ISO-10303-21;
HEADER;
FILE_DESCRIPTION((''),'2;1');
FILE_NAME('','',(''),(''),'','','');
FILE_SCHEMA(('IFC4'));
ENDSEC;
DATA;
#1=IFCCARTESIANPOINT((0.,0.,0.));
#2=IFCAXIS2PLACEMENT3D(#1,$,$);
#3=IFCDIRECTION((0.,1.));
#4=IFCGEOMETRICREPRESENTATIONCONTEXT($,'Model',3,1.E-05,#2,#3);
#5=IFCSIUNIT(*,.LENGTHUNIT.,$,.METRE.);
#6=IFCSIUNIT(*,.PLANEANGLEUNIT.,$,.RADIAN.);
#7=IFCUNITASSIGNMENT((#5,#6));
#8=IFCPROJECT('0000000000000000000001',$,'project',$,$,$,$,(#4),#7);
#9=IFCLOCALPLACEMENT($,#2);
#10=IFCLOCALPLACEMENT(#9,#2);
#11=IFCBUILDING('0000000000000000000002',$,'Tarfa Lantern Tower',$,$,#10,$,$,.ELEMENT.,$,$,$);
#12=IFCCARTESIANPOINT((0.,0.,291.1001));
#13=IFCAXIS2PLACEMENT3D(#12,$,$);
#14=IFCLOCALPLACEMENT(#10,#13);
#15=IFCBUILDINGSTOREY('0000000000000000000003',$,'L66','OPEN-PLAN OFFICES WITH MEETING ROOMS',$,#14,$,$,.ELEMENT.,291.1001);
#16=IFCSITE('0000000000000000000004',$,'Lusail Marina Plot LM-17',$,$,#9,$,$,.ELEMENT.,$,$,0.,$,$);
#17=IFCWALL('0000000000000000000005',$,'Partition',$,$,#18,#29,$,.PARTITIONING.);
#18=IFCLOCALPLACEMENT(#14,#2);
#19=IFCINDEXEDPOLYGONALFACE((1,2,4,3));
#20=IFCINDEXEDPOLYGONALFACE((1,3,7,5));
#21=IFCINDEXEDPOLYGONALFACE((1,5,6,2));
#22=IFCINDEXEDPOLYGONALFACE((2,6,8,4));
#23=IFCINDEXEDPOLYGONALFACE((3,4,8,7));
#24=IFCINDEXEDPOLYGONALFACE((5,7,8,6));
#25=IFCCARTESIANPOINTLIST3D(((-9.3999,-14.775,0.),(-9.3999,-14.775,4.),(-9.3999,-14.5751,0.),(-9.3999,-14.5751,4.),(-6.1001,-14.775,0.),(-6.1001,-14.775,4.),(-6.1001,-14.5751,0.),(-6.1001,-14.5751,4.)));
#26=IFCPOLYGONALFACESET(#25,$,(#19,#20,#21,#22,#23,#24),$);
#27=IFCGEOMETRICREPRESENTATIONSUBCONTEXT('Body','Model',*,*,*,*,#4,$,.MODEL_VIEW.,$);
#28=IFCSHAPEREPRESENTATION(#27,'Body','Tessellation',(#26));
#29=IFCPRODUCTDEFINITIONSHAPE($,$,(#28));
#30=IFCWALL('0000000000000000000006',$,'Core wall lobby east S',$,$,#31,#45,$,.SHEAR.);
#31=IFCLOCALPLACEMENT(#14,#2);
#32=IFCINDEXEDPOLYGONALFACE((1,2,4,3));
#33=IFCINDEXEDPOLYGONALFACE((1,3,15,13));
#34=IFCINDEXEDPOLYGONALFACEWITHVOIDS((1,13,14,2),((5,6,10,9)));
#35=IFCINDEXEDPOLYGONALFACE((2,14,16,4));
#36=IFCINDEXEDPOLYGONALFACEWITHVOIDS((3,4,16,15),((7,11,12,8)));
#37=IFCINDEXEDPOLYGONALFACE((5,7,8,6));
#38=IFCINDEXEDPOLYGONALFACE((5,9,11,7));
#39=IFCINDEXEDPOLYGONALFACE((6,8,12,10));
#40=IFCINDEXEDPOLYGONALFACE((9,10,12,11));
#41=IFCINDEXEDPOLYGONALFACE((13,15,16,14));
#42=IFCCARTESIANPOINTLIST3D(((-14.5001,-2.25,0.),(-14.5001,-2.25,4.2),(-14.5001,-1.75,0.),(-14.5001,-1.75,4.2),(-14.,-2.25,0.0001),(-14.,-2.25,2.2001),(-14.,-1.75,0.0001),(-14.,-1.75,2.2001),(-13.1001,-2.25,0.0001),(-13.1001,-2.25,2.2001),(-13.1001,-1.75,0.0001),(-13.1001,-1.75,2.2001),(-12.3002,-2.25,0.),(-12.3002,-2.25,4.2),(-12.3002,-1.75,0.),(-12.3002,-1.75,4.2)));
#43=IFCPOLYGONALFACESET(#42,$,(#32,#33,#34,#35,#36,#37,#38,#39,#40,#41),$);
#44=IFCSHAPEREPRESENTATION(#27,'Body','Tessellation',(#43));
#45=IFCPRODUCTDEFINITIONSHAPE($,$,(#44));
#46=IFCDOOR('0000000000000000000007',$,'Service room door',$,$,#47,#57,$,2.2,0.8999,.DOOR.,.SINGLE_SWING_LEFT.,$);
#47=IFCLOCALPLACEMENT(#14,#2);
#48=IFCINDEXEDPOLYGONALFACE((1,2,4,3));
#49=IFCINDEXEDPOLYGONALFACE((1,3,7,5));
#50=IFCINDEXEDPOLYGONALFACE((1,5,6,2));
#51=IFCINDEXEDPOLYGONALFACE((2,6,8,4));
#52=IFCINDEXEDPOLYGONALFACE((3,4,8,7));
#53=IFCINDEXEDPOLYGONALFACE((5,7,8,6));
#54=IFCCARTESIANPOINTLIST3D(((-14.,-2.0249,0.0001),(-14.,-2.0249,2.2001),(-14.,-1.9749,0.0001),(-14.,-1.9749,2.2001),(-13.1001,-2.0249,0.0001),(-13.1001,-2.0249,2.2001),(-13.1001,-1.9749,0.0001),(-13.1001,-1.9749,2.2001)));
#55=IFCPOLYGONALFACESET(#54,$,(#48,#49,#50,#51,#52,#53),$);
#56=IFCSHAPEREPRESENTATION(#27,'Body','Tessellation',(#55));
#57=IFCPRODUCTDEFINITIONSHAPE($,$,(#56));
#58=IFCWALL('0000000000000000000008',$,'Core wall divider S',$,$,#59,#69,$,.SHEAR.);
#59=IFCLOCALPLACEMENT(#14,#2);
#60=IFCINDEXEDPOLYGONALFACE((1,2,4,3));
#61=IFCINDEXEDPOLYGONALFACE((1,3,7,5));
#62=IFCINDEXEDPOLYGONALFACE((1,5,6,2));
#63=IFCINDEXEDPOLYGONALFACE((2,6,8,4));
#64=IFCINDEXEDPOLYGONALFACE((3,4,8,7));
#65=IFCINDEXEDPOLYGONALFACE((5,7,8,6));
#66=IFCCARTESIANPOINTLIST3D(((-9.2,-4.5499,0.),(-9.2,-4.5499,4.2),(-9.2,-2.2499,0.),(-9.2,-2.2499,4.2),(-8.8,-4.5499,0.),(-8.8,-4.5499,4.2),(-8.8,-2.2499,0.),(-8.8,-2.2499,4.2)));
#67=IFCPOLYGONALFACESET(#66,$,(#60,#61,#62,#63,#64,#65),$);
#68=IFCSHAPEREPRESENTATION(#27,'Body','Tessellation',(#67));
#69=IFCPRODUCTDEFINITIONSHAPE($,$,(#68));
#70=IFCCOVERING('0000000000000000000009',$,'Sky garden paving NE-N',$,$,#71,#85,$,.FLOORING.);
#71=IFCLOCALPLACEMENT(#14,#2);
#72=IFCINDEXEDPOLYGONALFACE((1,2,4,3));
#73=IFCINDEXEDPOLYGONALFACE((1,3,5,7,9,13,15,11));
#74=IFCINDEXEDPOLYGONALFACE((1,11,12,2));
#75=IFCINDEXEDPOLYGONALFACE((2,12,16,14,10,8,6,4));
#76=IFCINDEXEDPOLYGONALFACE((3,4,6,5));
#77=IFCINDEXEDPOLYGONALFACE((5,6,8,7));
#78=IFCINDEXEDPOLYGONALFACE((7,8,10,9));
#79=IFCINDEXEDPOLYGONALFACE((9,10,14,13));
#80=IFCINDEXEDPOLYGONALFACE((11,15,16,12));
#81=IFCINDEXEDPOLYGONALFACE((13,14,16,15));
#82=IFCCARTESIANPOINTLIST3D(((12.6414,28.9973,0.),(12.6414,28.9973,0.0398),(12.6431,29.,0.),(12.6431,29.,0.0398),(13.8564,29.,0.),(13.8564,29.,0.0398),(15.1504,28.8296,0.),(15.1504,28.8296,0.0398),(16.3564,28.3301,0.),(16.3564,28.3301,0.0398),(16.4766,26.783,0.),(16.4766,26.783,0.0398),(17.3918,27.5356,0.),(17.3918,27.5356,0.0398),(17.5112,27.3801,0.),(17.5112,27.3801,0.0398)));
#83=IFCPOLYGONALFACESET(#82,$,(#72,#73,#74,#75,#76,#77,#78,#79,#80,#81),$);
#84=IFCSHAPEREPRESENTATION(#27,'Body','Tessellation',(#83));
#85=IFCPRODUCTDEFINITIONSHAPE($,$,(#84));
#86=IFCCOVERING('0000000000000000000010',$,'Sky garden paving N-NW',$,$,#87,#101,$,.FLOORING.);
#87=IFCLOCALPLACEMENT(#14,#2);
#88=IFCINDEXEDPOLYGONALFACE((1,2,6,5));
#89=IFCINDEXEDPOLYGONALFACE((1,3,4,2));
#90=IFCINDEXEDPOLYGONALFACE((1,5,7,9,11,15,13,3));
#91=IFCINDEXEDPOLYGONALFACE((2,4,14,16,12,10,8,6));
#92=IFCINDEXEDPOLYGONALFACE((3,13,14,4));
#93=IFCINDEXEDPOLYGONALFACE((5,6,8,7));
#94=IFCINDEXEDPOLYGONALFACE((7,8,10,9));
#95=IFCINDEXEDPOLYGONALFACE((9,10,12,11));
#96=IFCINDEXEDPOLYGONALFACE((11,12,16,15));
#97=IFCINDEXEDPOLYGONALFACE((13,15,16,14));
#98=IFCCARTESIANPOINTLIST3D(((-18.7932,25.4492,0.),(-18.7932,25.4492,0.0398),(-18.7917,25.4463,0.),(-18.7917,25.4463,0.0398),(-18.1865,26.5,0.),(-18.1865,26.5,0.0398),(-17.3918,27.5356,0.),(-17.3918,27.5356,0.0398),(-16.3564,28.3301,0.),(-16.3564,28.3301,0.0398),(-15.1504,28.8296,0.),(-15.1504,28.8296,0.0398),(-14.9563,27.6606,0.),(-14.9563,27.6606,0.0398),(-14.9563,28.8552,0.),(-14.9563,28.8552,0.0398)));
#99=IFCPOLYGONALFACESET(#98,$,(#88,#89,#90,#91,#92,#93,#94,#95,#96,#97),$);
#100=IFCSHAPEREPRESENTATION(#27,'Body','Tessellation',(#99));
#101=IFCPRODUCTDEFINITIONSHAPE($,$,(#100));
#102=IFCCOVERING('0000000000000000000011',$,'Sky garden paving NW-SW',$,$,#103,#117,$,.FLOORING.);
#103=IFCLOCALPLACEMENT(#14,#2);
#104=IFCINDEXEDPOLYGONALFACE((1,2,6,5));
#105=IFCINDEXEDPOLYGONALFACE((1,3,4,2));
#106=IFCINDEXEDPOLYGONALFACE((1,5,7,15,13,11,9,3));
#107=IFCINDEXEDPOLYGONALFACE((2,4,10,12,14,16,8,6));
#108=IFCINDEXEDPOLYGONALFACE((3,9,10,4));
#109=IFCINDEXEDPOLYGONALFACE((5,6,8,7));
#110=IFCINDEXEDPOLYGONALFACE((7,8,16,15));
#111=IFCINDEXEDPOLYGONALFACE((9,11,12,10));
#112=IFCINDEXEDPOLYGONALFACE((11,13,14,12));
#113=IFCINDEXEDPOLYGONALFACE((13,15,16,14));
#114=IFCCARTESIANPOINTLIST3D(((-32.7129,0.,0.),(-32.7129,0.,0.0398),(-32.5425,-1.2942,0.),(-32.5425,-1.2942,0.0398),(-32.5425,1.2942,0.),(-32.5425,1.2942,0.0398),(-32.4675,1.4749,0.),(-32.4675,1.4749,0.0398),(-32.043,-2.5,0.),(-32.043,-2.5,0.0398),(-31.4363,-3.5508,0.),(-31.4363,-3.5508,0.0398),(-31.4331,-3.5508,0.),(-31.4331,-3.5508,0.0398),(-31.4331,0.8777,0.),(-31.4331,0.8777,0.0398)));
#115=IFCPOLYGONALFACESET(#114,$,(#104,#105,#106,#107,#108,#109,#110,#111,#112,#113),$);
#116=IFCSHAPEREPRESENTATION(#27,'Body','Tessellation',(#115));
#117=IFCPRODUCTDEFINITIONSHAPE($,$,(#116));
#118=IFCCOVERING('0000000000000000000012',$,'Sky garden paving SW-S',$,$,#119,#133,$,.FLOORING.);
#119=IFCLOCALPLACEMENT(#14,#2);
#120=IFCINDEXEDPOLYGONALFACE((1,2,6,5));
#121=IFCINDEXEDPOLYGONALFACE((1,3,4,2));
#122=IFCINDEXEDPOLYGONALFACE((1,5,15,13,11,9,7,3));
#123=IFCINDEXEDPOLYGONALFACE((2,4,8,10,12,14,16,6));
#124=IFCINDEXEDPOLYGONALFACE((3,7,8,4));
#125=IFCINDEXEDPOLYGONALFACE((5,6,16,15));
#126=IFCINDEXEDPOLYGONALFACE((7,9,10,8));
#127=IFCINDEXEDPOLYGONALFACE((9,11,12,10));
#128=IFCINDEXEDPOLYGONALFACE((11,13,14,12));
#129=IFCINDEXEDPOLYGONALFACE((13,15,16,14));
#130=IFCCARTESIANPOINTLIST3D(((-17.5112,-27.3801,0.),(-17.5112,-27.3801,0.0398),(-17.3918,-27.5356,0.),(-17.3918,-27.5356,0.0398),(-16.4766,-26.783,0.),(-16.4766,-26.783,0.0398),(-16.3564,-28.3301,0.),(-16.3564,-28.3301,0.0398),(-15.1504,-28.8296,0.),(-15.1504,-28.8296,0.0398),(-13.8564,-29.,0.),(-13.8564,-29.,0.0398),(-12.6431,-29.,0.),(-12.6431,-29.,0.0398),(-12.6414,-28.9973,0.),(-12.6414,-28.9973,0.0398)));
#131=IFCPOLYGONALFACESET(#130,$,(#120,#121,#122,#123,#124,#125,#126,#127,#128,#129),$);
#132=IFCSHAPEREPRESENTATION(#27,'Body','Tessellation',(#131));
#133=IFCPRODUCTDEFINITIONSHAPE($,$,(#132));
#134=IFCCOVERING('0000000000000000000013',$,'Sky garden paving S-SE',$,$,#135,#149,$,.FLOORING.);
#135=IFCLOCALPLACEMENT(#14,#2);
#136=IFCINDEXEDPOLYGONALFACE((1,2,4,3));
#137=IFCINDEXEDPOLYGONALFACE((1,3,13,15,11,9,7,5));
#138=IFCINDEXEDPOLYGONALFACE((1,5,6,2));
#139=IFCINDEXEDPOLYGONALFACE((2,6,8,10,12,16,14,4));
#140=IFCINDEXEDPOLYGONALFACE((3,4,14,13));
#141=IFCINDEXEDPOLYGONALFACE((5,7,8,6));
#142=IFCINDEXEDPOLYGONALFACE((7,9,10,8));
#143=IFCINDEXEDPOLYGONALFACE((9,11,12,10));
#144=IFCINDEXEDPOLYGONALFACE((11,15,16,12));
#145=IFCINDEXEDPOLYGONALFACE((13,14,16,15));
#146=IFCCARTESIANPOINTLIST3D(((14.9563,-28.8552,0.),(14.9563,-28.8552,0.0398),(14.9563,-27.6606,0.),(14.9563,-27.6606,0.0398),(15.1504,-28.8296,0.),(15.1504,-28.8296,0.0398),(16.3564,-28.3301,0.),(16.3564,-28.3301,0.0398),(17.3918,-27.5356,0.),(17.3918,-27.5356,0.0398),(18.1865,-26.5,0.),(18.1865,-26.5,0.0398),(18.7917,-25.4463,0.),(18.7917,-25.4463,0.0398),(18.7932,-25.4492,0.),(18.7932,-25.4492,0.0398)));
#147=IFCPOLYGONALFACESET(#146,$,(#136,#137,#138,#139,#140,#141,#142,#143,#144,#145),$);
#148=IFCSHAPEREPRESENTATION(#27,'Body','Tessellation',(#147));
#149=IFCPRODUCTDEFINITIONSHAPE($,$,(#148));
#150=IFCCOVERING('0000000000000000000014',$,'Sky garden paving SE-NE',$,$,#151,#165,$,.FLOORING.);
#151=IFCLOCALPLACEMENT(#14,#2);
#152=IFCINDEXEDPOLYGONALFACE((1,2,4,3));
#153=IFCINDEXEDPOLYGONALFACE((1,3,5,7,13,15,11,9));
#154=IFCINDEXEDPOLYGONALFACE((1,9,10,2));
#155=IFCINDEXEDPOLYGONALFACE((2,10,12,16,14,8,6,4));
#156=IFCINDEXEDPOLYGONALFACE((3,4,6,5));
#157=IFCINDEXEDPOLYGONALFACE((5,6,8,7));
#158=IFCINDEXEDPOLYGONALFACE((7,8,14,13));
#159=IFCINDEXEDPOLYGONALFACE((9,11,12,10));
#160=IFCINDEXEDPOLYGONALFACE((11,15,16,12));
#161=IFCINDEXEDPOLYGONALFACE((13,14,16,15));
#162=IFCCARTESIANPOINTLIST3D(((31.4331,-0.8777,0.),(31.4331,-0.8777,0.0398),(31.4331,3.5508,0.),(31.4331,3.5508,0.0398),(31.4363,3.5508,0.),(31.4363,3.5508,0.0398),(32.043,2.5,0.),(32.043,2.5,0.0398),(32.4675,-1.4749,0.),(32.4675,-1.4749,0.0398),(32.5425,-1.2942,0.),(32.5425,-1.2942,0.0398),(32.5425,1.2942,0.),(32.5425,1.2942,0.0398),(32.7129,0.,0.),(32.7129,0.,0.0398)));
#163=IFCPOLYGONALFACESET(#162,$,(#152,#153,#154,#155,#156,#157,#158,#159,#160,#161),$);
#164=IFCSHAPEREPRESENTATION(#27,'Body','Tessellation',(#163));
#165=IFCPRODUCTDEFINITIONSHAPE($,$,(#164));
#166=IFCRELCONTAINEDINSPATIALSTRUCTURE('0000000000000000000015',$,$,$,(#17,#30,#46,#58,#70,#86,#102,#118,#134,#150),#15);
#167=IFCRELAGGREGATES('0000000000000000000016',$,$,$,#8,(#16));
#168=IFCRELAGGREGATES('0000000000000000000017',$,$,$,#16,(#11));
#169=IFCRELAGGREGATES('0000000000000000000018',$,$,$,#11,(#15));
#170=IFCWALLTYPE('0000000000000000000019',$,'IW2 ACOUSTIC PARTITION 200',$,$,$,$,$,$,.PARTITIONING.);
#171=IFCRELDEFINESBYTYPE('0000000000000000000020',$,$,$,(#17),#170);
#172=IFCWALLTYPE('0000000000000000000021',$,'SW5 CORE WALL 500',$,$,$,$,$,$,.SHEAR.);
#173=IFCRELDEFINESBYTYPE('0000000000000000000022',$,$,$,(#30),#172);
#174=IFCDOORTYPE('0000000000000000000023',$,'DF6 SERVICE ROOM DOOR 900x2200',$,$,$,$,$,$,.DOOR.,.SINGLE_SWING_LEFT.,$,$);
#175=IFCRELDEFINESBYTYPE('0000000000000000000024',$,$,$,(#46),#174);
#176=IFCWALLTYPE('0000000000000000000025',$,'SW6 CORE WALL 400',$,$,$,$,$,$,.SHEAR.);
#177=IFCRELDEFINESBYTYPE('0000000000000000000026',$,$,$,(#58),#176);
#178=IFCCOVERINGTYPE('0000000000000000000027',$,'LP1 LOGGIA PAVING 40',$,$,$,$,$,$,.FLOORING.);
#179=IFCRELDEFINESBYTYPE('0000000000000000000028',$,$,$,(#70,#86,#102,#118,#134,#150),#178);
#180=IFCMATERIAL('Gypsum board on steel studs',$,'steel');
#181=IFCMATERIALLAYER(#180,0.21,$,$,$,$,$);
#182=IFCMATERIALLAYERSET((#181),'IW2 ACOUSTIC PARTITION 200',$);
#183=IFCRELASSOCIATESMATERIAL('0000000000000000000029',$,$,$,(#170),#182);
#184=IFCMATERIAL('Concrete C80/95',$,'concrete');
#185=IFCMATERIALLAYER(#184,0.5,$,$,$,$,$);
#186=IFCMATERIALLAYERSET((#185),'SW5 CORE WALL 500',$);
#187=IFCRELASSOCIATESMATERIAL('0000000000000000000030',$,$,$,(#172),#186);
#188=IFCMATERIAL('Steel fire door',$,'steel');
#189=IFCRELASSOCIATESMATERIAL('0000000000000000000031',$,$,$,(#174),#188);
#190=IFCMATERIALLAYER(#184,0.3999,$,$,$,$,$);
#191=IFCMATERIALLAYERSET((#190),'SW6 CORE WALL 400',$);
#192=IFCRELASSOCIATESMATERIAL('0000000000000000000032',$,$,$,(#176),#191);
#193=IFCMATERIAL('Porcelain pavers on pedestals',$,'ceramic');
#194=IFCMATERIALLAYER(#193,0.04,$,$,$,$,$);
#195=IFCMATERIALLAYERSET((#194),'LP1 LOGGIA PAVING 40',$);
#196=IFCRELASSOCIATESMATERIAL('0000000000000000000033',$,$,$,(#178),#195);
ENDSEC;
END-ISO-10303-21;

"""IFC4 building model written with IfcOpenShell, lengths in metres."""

from ifc_helpers import new_model, si_unit, direction, frame, frame_2d, origin, place, context, subcontext, project, spatial, polyline, rectangle, outline, extrude, material, layer, layer_set, type_object, element, fill, save


model = new_model("IFC4")

# Units and contexts
model_context = context("Model", 3, precision=1e-05, world=origin(), true_north=direction((0.0, 1.0)))
body_context = subcontext(model_context, "Body", "Model", "MODEL_VIEW")
ifc_project = project(units=[si_unit("LENGTHUNIT", "METRE"), si_unit("PLANEANGLEUNIT", "RADIAN")], contexts=[model_context])

# Site, building, storey
site_placement = place(None, origin())
site = spatial("IfcSite", under=ifc_project, at=site_placement, Name="Lusail Marina Plot LM-17", CompositionType="ELEMENT", RefElevation=0.0)
building_placement = place(site_placement, origin())
building = spatial("IfcBuilding", under=site, at=building_placement, Name="Tarfa Lantern Tower", CompositionType="ELEMENT")
storey_placement = place(building_placement, frame((0.0, 0.0, 291.1001)))
storey = spatial("IfcBuildingStorey", under=building, at=storey_placement, Name="L66", Description="OPEN-PLAN OFFICES WITH MEETING ROOMS", CompositionType="ELEMENT", Elevation=291.1001)

# Shared definitions
ifc_material_1 = material(Name="Gypsum board on steel studs", Category="steel")
ifc_layer_1 = layer(ifc_material_1, 0.21)
ifc_layer_set_1 = layer_set([ifc_layer_1], Name="IW2 ACOUSTIC PARTITION 200")
wall_type_1 = type_object("IfcWallType", Name="IW2 ACOUSTIC PARTITION 200", PredefinedType="PARTITIONING", material=ifc_layer_set_1)

# Wall
wall_1_placement = place(storey_placement, frame((-6.1001, -14.675, 0.0), z_axis=(0.0, 0.0, 1.0), x_axis=(-1.0, 0.0, 0.0)))
element("IfcWall", 1, at=wall_1_placement, inside=storey, type_object=wall_type_1, Name="Partition", PredefinedType="PARTITIONING", context=body_context, shape_type="SweptSolid", body=[
    extrude(rectangle(XDim=3.2998, YDim=0.2, at=frame_2d((1.6499, 0.0))), origin(), (0.0, 0.0, 1.0), 4.0),
])

# Wall, opening, door
ifc_material_2 = material(Name="Concrete C80/95", Category="concrete")
ifc_layer_2 = layer(ifc_material_2, 0.5)
ifc_layer_set_2 = layer_set([ifc_layer_2], Name="SW5 CORE WALL 500")
wall_type_2 = type_object("IfcWallType", Name="SW5 CORE WALL 500", PredefinedType="SHEAR", material=ifc_layer_set_2)
wall_2_placement = place(storey_placement, frame((-12.3, -2.0, 0.0), z_axis=(0.0, 0.0, 1.0), x_axis=(-1.0, 0.0, 0.0)))
wall_2 = element("IfcWall", 2, at=wall_2_placement, inside=storey, type_object=wall_type_2, Name="Core wall lobby east S", PredefinedType="SHEAR", context=body_context, shape_type="SweptSolid", body=[
    extrude(rectangle(XDim=2.2, YDim=0.5, at=frame_2d((1.1001, 0.0))), origin(), (0.0, 0.0, 1.0), 4.2),
])
opening_1_placement = place(wall_2_placement, frame((0.8, 0.0, 0.0)))
opening_1 = element("IfcOpeningElement", 3, at=opening_1_placement, cuts=wall_2, PredefinedType="OPENING", context=body_context, shape_type="SweptSolid", body=[
    extrude(rectangle(XDim=0.8999, YDim=2.2, at=frame_2d((0.45, 1.1001))), frame((0.0, 0.26, 0.0), z_axis=(0.0, -1.0, 0.0), x_axis=(1.0, 0.0, 0.0)), (0.0, 0.0, 1.0), 0.52),
])
ifc_material_3 = material(Name="Steel fire door", Category="steel")
door_type_1 = type_object("IfcDoorType", Name="DF6 SERVICE ROOM DOOR 900x2200", OperationType="SINGLE_SWING_LEFT", PredefinedType="DOOR", material=ifc_material_3)
door_1_placement = place(opening_1_placement, origin())
door_1 = element("IfcDoor", 4, at=door_1_placement, inside=storey, type_object=door_type_1, Name="Service room door", OperationType="SINGLE_SWING_LEFT", OverallHeight=2.2, OverallWidth=0.8999, PredefinedType="DOOR", context=body_context, shape_type="SweptSolid", body=[
    extrude(rectangle(XDim=0.8999, YDim=2.2, at=frame_2d((0.45, 1.1001))), frame((0.0, 0.0249, 0.0), z_axis=(0.0, -1.0, 0.0), x_axis=(1.0, 0.0, 0.0)), (0.0, 0.0, 1.0), 0.05),
])
fill(opening_1, door_1)

# Wall
ifc_layer_3 = layer(ifc_material_2, 0.3999)
ifc_layer_set_3 = layer_set([ifc_layer_3], Name="SW6 CORE WALL 400")
wall_type_3 = type_object("IfcWallType", Name="SW6 CORE WALL 400", PredefinedType="SHEAR", material=ifc_layer_set_3)
wall_3_placement = place(storey_placement, frame((-9.0, -2.25, 0.0), z_axis=(0.0, 0.0, 1.0), x_axis=(0.0, -1.0, 0.0)))
element("IfcWall", 5, at=wall_3_placement, inside=storey, type_object=wall_type_3, Name="Core wall divider S", PredefinedType="SHEAR", context=body_context, shape_type="SweptSolid", body=[
    extrude(rectangle(XDim=2.3, YDim=0.3999, at=frame_2d((1.1499, 0.0))), origin(), (0.0, 0.0, 1.0), 4.2),
])

# Coverings
ifc_material_4 = material(Name="Porcelain pavers on pedestals", Category="ceramic")
ifc_layer_4 = layer(ifc_material_4, 0.04)
ifc_layer_set_4 = layer_set([ifc_layer_4], Name="LP1 LOGGIA PAVING 40")
covering_type = type_object("IfcCoveringType", Name="LP1 LOGGIA PAVING 40", PredefinedType="FLOORING", material=ifc_layer_set_4)
covering_1_placement = place(storey_placement, origin())
element("IfcCovering", 6, at=covering_1_placement, inside=storey, type_object=covering_type, Name="Sky garden paving NE-N", PredefinedType="FLOORING", context=body_context, shape_type="SweptSolid", body=[
    extrude(outline(polyline([(15.1504, 28.8296), (16.3564, 28.3301), (17.3918, 27.5356), (17.5112, 27.3801), (16.4766, 26.783), (12.6414, 28.9973), (12.6431, 29.0), (13.8564, 29.0), (15.1504, 28.8296)])), origin(), (0.0, 0.0, 1.0), 0.0398),
])
covering_2_placement = place(storey_placement, origin())
element("IfcCovering", 7, at=covering_2_placement, inside=storey, type_object=covering_type, Name="Sky garden paving N-NW", PredefinedType="FLOORING", context=body_context, shape_type="SweptSolid", body=[
    extrude(outline(polyline([(-17.3918, 27.5356), (-16.3564, 28.3301), (-15.1504, 28.8296), (-14.9563, 28.8552), (-14.9563, 27.6606), (-18.7917, 25.4463), (-18.7932, 25.4492), (-18.1865, 26.5), (-17.3918, 27.5356)])), origin(), (0.0, 0.0, 1.0), 0.0398),
])
covering_3_placement = place(storey_placement, origin())
element("IfcCovering", 8, at=covering_3_placement, inside=storey, type_object=covering_type, Name="Sky garden paving NW-SW", PredefinedType="FLOORING", context=body_context, shape_type="SweptSolid", body=[
    extrude(outline(polyline([(-32.5425, -1.2942), (-32.7129, 0.0), (-32.5425, 1.2942), (-32.4675, 1.4749), (-31.4331, 0.8777), (-31.4331, -3.5508), (-31.4363, -3.5508), (-32.043, -2.5), (-32.5425, -1.2942)])), origin(), (0.0, 0.0, 1.0), 0.0398),
])
covering_4_placement = place(storey_placement, origin())
element("IfcCovering", 9, at=covering_4_placement, inside=storey, type_object=covering_type, Name="Sky garden paving SW-S", PredefinedType="FLOORING", context=body_context, shape_type="SweptSolid", body=[
    extrude(outline(polyline([(-15.1504, -28.8296), (-16.3564, -28.3301), (-17.3918, -27.5356), (-17.5112, -27.3801), (-16.4766, -26.783), (-12.6414, -28.9973), (-12.6431, -29.0), (-13.8564, -29.0), (-15.1504, -28.8296)])), origin(), (0.0, 0.0, 1.0), 0.0398),
])
covering_5_placement = place(storey_placement, origin())
element("IfcCovering", 10, at=covering_5_placement, inside=storey, type_object=covering_type, Name="Sky garden paving S-SE", PredefinedType="FLOORING", context=body_context, shape_type="SweptSolid", body=[
    extrude(outline(polyline([(17.3918, -27.5356), (16.3564, -28.3301), (15.1504, -28.8296), (14.9563, -28.8552), (14.9563, -27.6606), (18.7917, -25.4463), (18.7932, -25.4492), (18.1865, -26.5), (17.3918, -27.5356)])), origin(), (0.0, 0.0, 1.0), 0.0398),
])
covering_6_placement = place(storey_placement, origin())
element("IfcCovering", 11, at=covering_6_placement, inside=storey, type_object=covering_type, Name="Sky garden paving SE-NE", PredefinedType="FLOORING", context=body_context, shape_type="SweptSolid", body=[
    extrude(outline(polyline([(32.5425, 1.2942), (32.7129, 0.0), (32.5425, -1.2942), (32.4675, -1.4749), (31.4331, -0.8777), (31.4331, 3.5508), (31.4363, 3.5508), (32.043, 2.5), (32.5425, 1.2942)])), origin(), (0.0, 0.0, 1.0), 0.0398),
])

save(model, "model.ifc")
